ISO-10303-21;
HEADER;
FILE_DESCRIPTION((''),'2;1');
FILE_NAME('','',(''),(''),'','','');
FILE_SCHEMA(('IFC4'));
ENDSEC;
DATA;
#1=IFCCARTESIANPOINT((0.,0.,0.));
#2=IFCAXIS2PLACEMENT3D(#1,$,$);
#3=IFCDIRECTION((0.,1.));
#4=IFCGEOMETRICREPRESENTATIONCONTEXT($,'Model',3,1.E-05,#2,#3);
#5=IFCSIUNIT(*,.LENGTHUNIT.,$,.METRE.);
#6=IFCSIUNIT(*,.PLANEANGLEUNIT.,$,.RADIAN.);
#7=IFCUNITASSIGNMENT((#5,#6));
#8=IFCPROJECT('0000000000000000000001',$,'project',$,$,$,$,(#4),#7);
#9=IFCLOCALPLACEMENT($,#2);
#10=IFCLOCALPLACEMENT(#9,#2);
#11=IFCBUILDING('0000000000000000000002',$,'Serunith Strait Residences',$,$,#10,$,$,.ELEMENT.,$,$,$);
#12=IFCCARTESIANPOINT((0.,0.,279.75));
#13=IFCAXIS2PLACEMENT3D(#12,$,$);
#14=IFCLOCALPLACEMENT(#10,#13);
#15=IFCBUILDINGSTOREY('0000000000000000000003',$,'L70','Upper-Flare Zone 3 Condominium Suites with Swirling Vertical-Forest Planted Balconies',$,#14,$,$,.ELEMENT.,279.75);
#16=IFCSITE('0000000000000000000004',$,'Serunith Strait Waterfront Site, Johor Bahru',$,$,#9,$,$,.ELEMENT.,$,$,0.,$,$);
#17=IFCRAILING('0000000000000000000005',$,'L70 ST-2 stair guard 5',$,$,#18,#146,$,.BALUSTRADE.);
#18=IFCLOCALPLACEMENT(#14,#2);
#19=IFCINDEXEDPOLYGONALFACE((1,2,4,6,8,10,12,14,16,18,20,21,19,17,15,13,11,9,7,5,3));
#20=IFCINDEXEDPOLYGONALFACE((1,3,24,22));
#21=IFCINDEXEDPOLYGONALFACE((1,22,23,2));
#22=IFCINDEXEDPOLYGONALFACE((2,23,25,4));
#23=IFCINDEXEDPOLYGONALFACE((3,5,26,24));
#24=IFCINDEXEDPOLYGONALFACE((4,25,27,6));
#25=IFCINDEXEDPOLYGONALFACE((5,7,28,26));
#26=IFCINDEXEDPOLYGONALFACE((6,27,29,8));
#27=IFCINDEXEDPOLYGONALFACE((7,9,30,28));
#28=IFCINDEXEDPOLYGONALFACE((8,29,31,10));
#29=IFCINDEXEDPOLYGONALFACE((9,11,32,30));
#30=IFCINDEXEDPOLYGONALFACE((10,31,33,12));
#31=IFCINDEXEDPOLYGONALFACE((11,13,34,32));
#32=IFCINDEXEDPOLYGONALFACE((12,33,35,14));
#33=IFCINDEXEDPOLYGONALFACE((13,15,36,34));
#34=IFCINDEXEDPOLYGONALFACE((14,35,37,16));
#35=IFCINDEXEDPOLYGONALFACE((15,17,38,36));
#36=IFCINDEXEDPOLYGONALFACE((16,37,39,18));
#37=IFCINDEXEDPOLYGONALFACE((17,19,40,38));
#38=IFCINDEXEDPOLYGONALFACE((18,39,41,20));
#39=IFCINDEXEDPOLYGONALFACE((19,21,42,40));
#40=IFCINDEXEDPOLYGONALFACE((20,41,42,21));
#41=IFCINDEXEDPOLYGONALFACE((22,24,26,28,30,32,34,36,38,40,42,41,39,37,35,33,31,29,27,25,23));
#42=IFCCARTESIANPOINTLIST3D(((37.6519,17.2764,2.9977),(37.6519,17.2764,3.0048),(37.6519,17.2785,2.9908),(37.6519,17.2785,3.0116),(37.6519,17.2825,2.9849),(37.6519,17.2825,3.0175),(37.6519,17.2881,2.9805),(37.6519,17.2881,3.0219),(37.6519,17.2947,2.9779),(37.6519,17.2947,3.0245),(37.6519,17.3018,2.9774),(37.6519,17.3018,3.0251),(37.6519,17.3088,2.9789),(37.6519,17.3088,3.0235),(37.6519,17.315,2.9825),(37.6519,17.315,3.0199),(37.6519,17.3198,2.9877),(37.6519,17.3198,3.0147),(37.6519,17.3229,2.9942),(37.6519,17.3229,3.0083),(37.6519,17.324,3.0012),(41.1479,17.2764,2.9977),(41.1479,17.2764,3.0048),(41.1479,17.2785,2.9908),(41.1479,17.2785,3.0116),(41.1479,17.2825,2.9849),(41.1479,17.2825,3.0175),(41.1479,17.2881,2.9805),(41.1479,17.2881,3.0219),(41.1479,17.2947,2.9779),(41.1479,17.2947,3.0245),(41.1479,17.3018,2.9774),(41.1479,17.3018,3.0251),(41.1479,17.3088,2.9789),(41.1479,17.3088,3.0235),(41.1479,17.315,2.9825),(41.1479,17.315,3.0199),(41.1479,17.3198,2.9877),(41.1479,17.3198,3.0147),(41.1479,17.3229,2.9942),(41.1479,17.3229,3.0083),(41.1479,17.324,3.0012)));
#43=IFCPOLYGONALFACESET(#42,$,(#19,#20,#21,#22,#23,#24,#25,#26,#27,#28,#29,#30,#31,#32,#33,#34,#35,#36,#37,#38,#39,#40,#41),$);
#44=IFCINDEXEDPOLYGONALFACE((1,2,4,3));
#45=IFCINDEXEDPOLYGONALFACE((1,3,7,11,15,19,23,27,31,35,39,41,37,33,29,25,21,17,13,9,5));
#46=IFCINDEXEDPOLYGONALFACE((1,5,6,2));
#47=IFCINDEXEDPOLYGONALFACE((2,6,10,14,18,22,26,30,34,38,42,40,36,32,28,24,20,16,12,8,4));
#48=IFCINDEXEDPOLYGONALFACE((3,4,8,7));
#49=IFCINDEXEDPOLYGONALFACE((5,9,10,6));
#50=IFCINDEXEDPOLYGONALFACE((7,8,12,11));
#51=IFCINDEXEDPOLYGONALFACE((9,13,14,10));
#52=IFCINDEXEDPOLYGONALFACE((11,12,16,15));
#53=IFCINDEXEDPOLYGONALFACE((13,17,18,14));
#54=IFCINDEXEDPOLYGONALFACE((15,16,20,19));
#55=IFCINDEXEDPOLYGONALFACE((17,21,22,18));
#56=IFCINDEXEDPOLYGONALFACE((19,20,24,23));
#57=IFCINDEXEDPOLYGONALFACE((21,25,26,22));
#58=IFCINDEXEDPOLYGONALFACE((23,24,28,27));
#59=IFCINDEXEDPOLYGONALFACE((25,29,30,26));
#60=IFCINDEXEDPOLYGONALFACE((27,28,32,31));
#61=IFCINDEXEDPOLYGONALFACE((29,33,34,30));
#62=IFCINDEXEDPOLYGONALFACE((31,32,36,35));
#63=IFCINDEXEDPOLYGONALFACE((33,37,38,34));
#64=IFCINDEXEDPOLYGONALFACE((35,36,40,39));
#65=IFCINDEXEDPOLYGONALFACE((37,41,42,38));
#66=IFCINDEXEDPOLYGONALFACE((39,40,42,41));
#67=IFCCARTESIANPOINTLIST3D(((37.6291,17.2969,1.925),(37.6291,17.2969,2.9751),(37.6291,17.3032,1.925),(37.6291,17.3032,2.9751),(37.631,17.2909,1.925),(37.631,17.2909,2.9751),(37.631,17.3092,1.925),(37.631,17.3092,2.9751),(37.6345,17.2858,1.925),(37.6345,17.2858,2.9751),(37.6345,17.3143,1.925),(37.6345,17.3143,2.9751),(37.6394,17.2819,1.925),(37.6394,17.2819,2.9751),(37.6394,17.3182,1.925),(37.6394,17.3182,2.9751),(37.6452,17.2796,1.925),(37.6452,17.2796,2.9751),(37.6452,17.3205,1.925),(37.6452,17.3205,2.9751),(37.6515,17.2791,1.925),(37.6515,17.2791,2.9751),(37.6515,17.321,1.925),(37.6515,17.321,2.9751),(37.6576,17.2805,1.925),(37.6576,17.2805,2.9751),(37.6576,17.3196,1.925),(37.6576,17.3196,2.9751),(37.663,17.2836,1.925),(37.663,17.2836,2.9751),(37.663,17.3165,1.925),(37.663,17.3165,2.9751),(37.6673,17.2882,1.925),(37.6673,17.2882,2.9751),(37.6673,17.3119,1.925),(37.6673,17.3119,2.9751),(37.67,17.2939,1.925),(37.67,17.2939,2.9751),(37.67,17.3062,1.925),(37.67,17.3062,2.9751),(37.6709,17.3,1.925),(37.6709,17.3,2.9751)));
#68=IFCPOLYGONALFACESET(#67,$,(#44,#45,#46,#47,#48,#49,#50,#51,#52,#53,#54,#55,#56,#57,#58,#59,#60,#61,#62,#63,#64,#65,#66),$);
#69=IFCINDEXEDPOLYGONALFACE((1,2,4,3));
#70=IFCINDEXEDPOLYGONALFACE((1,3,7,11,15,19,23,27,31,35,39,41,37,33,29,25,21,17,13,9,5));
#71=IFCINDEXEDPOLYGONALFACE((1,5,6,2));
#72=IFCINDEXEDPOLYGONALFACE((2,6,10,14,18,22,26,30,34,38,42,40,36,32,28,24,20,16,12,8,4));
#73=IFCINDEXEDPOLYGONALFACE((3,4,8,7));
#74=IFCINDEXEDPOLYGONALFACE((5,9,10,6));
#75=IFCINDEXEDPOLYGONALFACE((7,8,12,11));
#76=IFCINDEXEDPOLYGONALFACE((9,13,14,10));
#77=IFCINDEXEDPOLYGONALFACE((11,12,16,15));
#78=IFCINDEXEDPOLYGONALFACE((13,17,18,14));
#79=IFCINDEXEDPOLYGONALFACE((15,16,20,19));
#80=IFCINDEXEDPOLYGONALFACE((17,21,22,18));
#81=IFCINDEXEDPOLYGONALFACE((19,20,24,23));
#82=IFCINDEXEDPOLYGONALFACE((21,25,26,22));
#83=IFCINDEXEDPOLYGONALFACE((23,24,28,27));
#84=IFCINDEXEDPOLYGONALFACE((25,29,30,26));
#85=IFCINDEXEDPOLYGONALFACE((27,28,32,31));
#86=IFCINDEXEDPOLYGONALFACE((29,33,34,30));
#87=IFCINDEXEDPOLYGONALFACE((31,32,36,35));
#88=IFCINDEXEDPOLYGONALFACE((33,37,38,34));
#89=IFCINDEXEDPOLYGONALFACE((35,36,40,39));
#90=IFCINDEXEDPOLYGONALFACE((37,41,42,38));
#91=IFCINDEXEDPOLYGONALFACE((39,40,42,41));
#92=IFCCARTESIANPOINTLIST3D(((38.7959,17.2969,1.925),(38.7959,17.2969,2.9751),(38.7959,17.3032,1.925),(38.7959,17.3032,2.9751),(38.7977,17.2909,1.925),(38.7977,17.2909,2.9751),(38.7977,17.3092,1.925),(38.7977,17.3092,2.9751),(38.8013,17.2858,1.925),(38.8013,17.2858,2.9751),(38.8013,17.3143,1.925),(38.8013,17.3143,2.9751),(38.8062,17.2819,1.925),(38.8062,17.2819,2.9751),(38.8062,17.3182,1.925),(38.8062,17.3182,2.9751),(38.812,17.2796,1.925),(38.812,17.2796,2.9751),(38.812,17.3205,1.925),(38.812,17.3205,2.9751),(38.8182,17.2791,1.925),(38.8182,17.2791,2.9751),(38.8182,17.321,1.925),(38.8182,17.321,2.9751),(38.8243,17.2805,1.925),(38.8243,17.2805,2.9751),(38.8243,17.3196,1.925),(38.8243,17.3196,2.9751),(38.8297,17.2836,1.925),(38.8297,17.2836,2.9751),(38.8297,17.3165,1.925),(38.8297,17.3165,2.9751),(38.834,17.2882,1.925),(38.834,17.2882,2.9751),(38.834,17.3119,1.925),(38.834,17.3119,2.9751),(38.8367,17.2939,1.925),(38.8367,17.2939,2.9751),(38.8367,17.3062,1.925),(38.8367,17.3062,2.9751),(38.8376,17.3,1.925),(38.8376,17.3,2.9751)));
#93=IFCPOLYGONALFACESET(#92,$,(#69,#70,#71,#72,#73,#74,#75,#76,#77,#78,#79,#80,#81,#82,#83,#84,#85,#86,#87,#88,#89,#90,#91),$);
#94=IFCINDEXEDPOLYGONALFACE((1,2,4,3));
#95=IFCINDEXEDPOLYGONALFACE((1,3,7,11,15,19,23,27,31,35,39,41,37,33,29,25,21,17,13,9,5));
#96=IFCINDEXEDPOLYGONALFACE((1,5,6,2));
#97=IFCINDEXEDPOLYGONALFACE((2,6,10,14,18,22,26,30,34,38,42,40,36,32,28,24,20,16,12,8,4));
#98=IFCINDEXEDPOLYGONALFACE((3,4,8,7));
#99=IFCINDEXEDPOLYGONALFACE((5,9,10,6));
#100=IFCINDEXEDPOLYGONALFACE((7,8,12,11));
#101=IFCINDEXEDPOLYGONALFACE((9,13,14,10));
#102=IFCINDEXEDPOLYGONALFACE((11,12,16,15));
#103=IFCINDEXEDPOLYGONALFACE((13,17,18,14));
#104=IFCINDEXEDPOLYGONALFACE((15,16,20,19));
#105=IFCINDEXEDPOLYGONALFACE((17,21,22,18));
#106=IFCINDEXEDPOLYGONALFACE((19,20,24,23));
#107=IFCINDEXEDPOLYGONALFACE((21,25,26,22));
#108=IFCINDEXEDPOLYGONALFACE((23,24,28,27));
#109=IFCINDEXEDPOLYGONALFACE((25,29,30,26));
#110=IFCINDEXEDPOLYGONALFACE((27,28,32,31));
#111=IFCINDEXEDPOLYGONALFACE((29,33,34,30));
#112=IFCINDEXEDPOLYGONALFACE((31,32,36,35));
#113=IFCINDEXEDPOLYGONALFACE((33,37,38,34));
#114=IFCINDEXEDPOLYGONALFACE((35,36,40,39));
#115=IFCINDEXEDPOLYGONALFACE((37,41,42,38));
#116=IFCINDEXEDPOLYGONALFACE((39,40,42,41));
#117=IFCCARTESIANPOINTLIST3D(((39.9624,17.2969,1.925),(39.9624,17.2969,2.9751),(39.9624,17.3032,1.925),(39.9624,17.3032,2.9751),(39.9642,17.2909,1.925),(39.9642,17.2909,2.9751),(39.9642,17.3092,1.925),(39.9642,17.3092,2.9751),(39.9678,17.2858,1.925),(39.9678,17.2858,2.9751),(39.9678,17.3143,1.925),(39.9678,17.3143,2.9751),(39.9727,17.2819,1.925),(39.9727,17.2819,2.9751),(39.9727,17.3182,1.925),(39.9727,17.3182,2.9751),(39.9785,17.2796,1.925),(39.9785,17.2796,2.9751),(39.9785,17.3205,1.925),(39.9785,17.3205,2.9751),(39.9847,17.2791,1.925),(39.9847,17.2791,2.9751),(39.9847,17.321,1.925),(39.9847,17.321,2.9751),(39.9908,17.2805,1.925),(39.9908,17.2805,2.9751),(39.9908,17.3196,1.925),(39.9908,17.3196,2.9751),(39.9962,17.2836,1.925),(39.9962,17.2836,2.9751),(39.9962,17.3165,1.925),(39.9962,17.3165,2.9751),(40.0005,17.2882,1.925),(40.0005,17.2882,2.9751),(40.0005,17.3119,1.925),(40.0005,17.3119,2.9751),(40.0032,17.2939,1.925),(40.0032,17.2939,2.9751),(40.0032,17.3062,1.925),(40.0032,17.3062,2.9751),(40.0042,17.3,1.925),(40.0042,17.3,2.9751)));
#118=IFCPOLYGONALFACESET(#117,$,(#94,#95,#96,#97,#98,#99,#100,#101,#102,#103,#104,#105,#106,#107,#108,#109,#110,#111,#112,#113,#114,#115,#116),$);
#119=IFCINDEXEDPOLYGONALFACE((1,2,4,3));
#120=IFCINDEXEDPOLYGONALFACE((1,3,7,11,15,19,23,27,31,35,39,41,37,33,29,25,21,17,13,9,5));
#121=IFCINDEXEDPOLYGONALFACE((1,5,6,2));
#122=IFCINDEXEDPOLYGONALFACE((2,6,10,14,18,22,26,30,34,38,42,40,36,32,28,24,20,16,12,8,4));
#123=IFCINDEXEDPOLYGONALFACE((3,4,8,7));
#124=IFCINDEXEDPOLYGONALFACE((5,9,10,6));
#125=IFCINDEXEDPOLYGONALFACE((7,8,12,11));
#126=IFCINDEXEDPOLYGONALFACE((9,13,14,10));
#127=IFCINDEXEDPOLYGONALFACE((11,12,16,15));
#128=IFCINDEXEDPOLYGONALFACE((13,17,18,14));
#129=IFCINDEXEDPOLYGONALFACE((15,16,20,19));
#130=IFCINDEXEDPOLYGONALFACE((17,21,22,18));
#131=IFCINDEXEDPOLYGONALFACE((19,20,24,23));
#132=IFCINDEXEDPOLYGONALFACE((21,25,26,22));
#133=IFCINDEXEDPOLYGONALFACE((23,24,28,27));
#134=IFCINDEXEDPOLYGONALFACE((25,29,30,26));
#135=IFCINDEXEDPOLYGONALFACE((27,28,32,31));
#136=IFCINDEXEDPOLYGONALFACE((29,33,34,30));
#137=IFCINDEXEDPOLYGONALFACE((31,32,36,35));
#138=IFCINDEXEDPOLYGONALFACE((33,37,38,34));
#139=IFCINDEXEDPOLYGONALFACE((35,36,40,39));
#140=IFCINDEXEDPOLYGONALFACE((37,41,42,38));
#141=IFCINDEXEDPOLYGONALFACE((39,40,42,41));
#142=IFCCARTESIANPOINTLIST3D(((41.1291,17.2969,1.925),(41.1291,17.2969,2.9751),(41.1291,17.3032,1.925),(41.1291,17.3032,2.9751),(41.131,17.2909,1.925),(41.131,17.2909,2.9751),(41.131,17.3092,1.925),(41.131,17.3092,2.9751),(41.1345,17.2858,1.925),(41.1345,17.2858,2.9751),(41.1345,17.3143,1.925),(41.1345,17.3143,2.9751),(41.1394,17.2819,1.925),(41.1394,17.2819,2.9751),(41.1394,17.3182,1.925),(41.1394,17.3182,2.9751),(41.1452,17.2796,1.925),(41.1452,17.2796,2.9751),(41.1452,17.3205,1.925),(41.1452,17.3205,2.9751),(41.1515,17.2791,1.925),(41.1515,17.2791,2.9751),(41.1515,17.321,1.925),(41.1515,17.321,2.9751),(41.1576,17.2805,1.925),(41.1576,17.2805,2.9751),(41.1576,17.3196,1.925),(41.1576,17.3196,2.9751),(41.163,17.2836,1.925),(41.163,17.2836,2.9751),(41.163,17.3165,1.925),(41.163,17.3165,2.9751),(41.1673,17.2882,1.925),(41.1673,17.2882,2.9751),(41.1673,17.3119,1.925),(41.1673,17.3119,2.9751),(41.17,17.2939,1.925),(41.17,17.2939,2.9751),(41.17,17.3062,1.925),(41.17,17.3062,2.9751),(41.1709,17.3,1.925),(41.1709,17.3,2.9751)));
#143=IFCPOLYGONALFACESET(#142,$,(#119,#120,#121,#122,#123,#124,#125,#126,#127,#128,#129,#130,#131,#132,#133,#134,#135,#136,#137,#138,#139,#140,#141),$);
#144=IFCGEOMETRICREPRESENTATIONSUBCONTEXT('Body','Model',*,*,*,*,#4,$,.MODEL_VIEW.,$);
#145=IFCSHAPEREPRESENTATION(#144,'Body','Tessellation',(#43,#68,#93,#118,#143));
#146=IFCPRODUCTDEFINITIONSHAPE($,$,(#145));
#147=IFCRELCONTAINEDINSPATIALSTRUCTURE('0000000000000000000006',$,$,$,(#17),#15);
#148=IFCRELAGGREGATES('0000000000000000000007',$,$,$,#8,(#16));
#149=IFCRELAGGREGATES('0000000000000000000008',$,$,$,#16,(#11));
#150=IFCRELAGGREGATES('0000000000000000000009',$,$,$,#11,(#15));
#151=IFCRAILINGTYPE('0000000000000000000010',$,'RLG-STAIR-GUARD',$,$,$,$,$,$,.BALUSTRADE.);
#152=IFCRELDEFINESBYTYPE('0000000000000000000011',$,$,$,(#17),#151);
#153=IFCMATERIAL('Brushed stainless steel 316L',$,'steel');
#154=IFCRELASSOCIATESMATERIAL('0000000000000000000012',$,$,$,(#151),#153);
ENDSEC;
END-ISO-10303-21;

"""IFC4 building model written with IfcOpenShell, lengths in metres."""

from ifc_helpers import new_model, si_unit, direction, frame, origin, origin_2d, place, context, subcontext, project, spatial, circle, extrude, material, type_object, element, save


model = new_model("IFC4")

# Units and contexts
model_context = context("Model", 3, precision=1e-05, world=origin(), true_north=direction((0.0, 1.0)))
body_context = subcontext(model_context, "Body", "Model", "MODEL_VIEW")
ifc_project = project(units=[si_unit("LENGTHUNIT", "METRE"), si_unit("PLANEANGLEUNIT", "RADIAN")], contexts=[model_context])

# Site, building, storey
site_placement = place(None, origin())
site = spatial("IfcSite", under=ifc_project, at=site_placement, Name="Serunith Strait Waterfront Site, Johor Bahru", CompositionType="ELEMENT", RefElevation=0.0)
building_placement = place(site_placement, origin())
building = spatial("IfcBuilding", under=site, at=building_placement, Name="Serunith Strait Residences", CompositionType="ELEMENT")
storey_placement = place(building_placement, frame((0.0, 0.0, 279.75)))
storey = spatial("IfcBuildingStorey", under=building, at=storey_placement, Name="L70", Description="Upper-Flare Zone 3 Condominium Suites with Swirling Vertical-Forest Planted Balconies", CompositionType="ELEMENT", Elevation=279.75)

# Railing
ifc_material_1 = material(Name="Brushed stainless steel 316L", Category="steel")
railing_type_1 = type_object("IfcRailingType", Name="RLG-STAIR-GUARD", PredefinedType="BALUSTRADE", material=ifc_material_1)
railing_1_placement = place(storey_placement, frame((37.6499, 17.3, 1.925)))
element("IfcRailing", 1, at=railing_1_placement, inside=storey, type_object=railing_type_1, Name="L70 ST-2 stair guard 5", PredefinedType="BALUSTRADE", context=body_context, shape_type="SweptSolid", body=[
    extrude(circle(Radius=0.0239, at=origin_2d()), frame((0.002, 0.0, 1.0762), z_axis=(1.0, 0.0, 0.0), x_axis=(0.0, 1.0, 0.0)), (0.0, 0.0, 1.0), 3.4961),
    extrude(circle(Radius=0.021, at=origin_2d()), origin(), (0.0, 0.0, 1.0), 1.05),
    extrude(circle(Radius=0.021, at=origin_2d()), frame((1.1667, 0.0, 0.0)), (0.0, 0.0, 1.0), 1.05),
    extrude(circle(Radius=0.021, at=origin_2d()), frame((2.3333, 0.0, 0.0)), (0.0, 0.0, 1.0), 1.05),
    extrude(circle(Radius=0.021, at=origin_2d()), frame((3.5, 0.0, 0.0)), (0.0, 0.0, 1.0), 1.05),
])

save(model, "model.ifc")
